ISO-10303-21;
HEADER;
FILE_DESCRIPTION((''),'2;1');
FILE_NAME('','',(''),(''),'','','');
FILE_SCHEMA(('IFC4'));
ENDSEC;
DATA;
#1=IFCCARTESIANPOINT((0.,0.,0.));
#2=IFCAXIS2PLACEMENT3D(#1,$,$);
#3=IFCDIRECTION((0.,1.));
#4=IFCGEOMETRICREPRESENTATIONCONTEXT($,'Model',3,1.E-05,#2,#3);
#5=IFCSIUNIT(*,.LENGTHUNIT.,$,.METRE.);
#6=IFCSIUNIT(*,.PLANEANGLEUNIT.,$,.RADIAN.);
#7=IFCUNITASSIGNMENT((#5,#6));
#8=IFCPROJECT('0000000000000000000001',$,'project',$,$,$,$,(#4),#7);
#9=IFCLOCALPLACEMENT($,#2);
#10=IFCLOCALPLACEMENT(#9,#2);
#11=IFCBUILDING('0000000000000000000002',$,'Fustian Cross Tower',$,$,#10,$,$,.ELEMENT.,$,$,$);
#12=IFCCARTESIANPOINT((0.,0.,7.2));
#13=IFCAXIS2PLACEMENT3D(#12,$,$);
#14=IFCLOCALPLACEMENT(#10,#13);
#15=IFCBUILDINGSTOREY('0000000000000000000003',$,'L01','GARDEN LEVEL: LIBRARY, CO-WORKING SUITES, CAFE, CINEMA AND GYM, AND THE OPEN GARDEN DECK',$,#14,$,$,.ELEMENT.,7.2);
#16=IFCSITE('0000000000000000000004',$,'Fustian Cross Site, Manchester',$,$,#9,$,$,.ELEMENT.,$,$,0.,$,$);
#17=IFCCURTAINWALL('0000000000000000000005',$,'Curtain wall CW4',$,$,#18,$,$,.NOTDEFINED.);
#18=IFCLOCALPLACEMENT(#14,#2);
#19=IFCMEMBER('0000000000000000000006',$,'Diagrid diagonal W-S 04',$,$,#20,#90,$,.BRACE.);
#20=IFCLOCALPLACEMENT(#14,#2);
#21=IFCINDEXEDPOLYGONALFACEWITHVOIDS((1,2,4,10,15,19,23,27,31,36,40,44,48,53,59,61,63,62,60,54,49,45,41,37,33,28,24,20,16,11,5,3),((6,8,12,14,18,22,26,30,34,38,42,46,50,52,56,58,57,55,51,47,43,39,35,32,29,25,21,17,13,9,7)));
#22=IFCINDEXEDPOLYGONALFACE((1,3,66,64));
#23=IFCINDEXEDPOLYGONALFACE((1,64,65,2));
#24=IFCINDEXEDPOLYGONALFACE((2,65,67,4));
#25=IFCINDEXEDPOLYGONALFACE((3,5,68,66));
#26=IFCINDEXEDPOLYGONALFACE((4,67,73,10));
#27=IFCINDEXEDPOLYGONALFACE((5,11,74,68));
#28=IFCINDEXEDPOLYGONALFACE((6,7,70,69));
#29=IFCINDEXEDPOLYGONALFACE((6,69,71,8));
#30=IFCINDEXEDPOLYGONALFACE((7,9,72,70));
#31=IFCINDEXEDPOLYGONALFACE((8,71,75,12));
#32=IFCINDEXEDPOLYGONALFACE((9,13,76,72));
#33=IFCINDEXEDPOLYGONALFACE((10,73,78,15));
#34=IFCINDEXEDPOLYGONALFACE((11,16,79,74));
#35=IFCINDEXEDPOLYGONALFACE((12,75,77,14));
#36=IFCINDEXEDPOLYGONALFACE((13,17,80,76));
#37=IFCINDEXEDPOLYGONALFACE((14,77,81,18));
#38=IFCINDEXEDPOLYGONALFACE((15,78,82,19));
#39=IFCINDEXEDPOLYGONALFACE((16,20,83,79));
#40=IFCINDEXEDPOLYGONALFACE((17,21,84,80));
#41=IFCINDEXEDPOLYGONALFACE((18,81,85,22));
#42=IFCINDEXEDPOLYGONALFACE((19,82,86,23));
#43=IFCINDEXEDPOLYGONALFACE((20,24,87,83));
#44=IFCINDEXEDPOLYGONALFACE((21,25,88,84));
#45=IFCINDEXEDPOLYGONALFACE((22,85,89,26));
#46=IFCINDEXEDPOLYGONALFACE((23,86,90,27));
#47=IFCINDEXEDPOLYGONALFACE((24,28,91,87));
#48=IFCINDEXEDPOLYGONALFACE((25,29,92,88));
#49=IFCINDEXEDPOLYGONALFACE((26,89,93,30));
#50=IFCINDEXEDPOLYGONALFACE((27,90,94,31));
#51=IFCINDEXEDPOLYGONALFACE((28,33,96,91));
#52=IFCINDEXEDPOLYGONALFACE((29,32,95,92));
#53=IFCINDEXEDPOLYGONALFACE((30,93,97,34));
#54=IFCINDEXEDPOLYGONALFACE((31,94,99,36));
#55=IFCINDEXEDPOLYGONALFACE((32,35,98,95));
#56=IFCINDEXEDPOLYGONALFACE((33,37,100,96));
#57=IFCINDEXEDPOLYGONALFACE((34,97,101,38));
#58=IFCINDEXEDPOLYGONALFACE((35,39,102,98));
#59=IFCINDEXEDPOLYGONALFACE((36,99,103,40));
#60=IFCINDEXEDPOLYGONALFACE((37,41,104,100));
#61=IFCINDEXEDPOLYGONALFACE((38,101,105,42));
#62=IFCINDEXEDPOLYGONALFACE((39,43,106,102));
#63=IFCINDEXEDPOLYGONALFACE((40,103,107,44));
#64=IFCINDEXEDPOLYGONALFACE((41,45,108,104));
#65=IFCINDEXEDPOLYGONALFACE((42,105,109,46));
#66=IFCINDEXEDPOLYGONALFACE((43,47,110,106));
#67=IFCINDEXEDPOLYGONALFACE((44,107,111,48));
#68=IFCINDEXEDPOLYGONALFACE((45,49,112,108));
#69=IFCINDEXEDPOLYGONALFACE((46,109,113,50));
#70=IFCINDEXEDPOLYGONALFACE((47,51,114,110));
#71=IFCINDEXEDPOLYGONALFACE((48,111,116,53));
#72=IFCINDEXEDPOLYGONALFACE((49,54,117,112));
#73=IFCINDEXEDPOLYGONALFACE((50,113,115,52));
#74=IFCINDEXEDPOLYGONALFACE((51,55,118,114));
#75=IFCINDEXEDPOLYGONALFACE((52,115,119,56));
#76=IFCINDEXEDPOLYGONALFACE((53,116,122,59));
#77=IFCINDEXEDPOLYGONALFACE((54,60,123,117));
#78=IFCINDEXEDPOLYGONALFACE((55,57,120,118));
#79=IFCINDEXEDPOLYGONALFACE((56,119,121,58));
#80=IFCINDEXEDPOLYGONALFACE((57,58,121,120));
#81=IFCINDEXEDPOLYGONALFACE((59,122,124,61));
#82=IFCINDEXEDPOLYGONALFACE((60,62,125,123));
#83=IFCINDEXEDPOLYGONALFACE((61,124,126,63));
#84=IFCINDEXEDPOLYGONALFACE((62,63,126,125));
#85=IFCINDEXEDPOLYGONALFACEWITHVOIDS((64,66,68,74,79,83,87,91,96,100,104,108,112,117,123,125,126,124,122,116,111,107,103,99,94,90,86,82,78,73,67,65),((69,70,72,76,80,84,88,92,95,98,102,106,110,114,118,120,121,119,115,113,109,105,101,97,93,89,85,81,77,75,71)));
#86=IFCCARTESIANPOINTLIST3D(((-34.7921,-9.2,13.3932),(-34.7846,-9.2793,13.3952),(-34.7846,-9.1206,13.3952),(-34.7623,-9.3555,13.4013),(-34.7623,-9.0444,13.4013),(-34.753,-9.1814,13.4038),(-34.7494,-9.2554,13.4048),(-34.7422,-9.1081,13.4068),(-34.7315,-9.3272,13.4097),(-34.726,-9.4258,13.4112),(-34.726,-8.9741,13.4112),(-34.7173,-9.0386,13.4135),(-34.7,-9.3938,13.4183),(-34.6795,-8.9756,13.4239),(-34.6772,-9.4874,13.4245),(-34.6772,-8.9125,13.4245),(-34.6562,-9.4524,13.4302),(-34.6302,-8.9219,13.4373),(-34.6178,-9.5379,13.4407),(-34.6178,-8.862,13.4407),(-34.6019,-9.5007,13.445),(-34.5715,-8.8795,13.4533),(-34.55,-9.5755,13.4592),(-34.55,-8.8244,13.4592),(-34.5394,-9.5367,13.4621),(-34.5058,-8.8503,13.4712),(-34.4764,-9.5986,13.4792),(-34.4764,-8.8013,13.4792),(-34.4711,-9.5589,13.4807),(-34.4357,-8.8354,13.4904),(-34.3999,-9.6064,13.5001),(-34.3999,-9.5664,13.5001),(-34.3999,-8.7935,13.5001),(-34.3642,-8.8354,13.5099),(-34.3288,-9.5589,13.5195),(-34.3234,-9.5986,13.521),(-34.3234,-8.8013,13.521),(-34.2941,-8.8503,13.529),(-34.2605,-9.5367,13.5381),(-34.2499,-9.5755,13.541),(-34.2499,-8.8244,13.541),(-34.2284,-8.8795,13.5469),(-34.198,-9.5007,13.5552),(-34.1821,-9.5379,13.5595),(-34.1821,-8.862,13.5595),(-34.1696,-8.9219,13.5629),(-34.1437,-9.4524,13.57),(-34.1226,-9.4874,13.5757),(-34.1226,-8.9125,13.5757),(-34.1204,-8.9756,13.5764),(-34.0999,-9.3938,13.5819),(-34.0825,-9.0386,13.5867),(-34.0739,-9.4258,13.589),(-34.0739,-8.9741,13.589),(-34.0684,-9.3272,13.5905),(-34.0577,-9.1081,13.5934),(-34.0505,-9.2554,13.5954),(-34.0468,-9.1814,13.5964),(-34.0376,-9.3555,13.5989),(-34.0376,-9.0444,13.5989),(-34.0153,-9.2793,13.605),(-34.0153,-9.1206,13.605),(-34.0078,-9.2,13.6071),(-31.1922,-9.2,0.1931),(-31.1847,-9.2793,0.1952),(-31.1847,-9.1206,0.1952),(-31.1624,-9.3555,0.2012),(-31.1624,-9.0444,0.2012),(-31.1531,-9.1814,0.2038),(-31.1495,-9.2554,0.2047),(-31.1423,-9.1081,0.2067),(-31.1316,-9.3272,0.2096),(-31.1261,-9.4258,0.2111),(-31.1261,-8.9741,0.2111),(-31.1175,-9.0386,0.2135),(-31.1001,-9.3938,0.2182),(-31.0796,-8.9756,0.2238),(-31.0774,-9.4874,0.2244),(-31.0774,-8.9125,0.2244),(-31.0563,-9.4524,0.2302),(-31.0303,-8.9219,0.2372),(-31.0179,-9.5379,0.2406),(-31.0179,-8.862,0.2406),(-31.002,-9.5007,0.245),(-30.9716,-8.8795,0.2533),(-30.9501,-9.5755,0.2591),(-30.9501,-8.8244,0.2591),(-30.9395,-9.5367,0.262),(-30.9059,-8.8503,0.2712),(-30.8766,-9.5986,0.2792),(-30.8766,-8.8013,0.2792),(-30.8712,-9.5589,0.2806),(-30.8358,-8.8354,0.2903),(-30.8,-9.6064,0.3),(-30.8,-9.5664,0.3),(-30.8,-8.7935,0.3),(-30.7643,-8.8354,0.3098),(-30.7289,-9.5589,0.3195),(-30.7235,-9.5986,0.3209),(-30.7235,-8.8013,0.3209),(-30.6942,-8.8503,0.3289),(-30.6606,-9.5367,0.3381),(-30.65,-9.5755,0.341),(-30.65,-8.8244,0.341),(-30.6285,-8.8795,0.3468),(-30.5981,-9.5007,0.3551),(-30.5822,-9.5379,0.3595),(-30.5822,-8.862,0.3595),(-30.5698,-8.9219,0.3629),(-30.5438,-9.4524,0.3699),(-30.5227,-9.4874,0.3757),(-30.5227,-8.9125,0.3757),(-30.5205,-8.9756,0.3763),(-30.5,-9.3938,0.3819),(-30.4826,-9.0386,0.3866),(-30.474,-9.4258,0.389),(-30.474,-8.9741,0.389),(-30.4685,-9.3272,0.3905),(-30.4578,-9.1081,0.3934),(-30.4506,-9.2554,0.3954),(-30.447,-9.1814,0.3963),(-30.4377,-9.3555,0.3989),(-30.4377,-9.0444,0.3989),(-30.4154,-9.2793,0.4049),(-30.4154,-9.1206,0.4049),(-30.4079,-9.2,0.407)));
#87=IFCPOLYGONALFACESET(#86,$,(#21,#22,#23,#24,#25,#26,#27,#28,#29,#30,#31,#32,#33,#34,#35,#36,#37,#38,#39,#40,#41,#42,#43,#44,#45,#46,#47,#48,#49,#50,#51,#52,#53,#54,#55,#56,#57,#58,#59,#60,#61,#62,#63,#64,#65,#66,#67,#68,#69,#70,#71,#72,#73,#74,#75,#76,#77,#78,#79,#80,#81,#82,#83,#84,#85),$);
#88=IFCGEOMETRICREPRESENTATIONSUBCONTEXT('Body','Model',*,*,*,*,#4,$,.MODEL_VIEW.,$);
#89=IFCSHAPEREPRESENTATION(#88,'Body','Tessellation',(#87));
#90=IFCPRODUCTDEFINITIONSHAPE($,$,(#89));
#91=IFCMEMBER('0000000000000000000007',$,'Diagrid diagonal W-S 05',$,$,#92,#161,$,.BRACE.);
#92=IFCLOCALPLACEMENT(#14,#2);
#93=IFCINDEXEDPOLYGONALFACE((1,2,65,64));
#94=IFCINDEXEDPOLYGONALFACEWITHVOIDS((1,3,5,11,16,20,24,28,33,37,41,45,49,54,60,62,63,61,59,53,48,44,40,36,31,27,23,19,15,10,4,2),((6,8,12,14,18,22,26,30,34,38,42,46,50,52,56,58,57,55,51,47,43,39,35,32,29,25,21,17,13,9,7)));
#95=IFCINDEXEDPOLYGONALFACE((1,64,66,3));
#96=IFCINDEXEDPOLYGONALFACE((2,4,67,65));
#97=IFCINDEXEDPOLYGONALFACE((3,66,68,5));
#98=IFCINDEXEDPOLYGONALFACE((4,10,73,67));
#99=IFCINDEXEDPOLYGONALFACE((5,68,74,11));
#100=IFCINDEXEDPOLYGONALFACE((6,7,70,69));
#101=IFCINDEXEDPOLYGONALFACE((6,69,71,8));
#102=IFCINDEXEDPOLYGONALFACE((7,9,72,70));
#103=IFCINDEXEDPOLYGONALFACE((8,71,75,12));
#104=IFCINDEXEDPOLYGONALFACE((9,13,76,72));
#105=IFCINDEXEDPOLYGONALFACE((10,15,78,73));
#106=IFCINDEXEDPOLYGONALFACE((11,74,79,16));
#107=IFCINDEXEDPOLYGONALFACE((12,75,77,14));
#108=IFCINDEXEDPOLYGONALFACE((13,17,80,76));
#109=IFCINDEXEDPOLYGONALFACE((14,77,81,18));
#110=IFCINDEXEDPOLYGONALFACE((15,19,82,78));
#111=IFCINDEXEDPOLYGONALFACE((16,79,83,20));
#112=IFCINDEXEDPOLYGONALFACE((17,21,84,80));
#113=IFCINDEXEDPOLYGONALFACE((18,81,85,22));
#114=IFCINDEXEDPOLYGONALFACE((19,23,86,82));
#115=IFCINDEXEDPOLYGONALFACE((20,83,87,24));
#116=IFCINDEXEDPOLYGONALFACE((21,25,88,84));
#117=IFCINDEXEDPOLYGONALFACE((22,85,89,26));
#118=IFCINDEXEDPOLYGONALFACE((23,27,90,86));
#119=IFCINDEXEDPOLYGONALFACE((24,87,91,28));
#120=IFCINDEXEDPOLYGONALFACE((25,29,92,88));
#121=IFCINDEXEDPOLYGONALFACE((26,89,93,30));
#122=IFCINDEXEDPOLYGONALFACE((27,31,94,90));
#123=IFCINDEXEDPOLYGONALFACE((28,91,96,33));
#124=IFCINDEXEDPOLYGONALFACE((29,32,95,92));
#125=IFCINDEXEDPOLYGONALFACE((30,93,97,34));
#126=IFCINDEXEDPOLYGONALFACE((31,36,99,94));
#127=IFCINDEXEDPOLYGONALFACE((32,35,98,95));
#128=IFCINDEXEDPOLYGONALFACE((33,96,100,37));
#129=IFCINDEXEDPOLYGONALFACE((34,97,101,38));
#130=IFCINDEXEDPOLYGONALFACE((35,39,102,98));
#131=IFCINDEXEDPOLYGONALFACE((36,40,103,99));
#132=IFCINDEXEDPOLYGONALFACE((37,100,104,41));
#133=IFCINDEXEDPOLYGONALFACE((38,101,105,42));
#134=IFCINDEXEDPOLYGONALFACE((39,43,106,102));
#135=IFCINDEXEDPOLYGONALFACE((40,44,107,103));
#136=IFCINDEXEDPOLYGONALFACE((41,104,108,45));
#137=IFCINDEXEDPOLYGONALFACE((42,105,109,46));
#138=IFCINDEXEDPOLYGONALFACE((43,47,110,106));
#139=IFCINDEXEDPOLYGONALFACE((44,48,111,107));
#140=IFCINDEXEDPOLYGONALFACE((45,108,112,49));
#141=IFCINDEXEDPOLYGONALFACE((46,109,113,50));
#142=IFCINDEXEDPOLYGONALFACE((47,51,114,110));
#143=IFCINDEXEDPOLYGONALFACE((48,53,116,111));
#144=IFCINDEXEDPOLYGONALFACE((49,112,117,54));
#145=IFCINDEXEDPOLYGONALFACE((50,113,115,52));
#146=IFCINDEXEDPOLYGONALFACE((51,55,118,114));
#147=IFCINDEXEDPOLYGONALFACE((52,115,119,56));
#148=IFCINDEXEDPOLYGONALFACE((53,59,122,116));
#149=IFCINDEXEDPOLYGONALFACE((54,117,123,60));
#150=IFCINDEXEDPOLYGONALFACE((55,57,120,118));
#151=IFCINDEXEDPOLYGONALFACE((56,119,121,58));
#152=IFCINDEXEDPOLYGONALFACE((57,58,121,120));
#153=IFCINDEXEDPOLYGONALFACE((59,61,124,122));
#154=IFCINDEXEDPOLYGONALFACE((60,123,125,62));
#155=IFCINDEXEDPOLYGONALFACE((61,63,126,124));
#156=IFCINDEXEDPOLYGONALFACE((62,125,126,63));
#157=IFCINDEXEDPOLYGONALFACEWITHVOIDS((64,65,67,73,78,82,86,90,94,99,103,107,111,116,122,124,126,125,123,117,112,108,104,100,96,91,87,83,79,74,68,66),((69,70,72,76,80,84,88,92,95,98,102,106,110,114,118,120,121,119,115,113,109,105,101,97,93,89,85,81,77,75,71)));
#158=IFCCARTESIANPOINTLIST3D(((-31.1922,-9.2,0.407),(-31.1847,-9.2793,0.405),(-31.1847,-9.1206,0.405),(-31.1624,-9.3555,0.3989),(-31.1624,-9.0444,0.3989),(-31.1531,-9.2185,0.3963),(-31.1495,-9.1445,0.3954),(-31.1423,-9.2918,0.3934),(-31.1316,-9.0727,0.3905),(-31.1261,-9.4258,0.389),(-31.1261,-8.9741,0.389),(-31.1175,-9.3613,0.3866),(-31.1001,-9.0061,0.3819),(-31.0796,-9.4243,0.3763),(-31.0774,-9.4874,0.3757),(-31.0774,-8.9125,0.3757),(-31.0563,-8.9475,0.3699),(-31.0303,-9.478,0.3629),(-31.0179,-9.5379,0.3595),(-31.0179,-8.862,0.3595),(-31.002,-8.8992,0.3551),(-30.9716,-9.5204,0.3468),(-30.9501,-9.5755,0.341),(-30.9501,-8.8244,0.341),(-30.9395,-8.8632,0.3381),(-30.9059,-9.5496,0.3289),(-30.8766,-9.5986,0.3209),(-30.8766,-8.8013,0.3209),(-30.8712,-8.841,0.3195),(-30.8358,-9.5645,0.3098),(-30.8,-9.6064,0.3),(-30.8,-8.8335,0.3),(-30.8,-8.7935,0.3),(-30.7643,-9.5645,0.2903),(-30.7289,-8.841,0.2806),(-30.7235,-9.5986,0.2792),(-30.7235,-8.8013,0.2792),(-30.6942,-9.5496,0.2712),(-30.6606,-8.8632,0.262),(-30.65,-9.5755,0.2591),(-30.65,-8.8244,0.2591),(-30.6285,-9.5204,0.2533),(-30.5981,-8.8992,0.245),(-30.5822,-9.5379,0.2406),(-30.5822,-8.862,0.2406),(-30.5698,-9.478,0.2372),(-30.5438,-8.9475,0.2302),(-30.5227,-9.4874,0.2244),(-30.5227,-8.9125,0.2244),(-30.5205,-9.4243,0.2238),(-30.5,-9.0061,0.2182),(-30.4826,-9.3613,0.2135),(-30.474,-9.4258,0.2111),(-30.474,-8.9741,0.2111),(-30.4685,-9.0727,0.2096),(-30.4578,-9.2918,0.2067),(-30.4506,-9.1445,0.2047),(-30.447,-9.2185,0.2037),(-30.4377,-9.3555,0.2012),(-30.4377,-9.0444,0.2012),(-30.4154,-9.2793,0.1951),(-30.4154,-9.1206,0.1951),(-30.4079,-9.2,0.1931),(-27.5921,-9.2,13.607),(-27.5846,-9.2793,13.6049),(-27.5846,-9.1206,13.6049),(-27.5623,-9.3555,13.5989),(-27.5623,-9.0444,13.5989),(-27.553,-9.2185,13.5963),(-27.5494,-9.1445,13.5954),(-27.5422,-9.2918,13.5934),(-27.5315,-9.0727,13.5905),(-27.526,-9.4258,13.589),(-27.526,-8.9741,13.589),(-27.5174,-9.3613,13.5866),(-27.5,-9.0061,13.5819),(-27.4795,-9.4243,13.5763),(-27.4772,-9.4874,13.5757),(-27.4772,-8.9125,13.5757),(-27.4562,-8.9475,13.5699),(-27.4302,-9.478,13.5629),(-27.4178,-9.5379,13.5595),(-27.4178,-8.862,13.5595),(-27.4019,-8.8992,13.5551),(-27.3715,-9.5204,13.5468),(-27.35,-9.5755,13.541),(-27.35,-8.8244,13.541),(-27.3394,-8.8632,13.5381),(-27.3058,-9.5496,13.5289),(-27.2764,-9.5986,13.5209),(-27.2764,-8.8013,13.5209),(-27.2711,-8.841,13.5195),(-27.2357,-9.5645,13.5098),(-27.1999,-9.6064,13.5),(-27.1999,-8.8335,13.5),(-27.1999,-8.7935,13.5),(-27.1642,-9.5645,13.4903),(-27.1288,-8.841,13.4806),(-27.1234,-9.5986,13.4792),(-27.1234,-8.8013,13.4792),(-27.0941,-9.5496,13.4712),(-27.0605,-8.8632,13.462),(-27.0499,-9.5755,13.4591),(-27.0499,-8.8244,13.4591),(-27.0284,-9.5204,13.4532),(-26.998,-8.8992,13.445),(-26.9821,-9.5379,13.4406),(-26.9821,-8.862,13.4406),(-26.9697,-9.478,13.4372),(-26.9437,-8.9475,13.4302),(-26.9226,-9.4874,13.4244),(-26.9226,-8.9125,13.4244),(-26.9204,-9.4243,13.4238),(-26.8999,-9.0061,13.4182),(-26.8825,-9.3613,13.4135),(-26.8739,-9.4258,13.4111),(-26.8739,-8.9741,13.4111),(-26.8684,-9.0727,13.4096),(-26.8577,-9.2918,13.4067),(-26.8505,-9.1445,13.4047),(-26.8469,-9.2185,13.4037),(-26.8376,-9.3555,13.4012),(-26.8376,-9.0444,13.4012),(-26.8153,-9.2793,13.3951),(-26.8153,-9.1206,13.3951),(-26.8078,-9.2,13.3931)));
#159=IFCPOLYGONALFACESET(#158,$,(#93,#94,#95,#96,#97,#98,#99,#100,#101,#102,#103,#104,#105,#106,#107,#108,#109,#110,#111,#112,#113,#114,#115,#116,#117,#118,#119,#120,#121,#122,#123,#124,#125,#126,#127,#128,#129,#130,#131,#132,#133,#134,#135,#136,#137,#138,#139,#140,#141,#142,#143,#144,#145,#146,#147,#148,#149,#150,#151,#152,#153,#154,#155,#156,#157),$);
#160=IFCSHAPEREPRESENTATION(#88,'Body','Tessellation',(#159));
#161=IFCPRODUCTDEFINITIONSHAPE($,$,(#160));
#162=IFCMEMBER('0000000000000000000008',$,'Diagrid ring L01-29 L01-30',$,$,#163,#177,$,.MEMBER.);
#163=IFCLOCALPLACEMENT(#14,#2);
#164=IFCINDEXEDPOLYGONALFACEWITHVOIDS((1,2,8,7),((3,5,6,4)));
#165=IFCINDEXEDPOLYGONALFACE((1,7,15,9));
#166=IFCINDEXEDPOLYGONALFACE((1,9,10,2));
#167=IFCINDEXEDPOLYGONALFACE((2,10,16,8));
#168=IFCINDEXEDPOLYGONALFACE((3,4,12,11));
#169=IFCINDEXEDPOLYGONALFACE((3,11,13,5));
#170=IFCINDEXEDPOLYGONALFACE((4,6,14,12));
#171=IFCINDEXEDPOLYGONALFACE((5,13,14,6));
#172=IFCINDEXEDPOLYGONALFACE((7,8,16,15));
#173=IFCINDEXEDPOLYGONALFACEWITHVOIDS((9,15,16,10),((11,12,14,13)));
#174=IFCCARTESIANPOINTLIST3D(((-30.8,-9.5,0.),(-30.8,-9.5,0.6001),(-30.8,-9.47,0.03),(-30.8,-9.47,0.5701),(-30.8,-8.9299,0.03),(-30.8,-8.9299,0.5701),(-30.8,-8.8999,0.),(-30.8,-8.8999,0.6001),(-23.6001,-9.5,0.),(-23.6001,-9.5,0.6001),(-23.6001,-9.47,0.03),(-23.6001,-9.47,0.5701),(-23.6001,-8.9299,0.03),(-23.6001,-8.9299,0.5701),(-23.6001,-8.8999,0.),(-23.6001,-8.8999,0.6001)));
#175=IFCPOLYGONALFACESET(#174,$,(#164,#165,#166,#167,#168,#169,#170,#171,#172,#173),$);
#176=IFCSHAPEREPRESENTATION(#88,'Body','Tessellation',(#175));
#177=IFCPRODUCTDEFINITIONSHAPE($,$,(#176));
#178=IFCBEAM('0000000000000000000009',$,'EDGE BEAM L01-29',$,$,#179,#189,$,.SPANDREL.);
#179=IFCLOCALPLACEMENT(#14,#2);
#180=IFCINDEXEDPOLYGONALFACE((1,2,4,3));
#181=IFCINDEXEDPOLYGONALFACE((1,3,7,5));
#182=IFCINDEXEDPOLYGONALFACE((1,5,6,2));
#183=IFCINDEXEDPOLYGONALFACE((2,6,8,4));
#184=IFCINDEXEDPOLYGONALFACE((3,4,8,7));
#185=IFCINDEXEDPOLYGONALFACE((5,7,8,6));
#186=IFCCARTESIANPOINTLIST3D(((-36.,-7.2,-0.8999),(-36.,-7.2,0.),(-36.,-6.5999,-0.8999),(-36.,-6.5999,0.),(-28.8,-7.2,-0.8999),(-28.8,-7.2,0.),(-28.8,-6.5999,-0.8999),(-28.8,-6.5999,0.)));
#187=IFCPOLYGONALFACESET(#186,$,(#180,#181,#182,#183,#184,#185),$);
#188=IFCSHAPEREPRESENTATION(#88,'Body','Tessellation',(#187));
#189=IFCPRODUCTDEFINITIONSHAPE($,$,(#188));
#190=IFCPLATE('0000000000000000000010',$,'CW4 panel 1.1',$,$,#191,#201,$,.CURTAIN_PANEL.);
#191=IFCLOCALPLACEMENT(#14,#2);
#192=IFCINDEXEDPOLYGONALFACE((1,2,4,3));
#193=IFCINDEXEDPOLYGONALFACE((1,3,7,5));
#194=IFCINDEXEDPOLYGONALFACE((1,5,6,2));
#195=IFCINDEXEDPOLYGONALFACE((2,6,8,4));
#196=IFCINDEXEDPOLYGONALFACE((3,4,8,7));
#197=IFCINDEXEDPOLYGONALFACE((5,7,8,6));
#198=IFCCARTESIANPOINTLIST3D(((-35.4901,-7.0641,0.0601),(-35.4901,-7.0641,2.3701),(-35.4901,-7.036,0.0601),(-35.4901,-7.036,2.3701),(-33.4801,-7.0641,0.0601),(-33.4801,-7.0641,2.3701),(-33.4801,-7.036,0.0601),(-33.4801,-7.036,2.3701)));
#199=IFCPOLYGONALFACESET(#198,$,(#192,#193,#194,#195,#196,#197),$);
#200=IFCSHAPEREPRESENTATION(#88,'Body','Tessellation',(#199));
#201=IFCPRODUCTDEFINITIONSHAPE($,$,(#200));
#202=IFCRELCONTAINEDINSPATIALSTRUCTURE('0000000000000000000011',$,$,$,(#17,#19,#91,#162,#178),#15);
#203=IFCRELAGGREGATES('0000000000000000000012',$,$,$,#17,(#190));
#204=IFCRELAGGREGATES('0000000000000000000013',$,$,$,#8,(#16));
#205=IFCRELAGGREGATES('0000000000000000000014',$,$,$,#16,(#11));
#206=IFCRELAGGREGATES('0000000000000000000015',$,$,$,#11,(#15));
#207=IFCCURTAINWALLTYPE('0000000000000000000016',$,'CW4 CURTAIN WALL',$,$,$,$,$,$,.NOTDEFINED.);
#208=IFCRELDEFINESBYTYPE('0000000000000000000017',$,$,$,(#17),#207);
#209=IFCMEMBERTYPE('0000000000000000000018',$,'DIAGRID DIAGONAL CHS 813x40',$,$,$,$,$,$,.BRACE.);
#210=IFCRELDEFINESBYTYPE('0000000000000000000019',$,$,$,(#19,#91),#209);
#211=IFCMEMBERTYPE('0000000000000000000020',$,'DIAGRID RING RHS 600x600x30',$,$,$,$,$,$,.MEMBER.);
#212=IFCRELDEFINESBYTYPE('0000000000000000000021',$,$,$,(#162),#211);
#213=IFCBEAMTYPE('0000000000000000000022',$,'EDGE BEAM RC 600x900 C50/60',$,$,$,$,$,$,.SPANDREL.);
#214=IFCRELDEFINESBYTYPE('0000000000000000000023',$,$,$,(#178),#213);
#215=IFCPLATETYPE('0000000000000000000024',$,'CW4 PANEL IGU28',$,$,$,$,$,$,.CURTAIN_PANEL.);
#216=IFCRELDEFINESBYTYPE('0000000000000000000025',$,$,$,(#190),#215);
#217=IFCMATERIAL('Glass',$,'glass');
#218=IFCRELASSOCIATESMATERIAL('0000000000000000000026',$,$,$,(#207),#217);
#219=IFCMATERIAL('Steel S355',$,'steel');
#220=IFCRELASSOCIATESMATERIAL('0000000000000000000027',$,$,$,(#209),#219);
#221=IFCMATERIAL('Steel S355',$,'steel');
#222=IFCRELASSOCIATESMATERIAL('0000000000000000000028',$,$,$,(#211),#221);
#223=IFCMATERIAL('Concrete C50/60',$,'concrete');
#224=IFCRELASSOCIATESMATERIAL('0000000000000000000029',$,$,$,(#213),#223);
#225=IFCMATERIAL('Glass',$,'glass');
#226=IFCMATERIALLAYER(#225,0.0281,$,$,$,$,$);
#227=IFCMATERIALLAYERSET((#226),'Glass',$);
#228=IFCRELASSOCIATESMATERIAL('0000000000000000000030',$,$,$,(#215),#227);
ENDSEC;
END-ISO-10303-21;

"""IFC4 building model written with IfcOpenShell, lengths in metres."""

from ifc_helpers import new_model, si_unit, direction, frame, origin, origin_2d, place, context, subcontext, project, spatial, rectangle, hollow_rectangle, hollow_circle, extrude, material, layer, layer_set, material_profile, profile_set, type_object, element, aggregate, save


model = new_model("IFC4")

# Units and contexts
model_context = context("Model", 3, precision=1e-05, world=origin(), true_north=direction((0.0, 1.0)))
body_context = subcontext(model_context, "Body", "Model", "MODEL_VIEW")
ifc_project = project(units=[si_unit("LENGTHUNIT", "METRE"), si_unit("PLANEANGLEUNIT", "RADIAN")], contexts=[model_context])

# Site, building, storey
site_placement = place(None, origin())
site = spatial("IfcSite", under=ifc_project, at=site_placement, Name="Fustian Cross Site, Manchester", CompositionType="ELEMENT", RefElevation=0.0)
building_placement = place(site_placement, origin())
building = spatial("IfcBuilding", under=site, at=building_placement, Name="Fustian Cross Tower", CompositionType="ELEMENT")
storey_placement = place(building_placement, frame((0.0, 0.0, 7.2)))
storey = spatial("IfcBuildingStorey", under=building, at=storey_placement, Name="L01", Description="GARDEN LEVEL: LIBRARY, CO-WORKING SUITES, CAFE, CINEMA AND GYM, AND THE OPEN GARDEN DECK", CompositionType="ELEMENT", Elevation=7.2)

# Curtain wall
ifc_material_1 = material(Name="Glass", Category="glass")
curtain_wall_type = type_object("IfcCurtainWallType", Name="CW4 CURTAIN WALL", PredefinedType="NOTDEFINED", material=ifc_material_1)
curtain_wall_placement = place(storey_placement, origin())
curtain_wall = element("IfcCurtainWall", 1, at=curtain_wall_placement, inside=storey, type_object=curtain_wall_type, Name="Curtain wall CW4", PredefinedType="NOTDEFINED")

# Members
ifc_material_2 = material(Name="Steel S355", Category="steel")
ifc_material_profile_1 = material_profile(ifc_material_2, hollow_circle(Radius=0.4065, WallThickness=0.04, at=origin_2d()), Name="CHS 813x40")
ifc_profile_set_1 = profile_set([ifc_material_profile_1], Name="Steel S355")
member_type_1 = type_object("IfcMemberType", Name="DIAGRID DIAGONAL CHS 813x40", PredefinedType="BRACE", material=ifc_profile_set_1)
for number, where, z_axis, x_axis, name in (
    (2, (-30.8, -9.2, 0.3), (-0.263108, 0.0, 0.964766), (0.0, -1.0, 0.0), "Diagrid diagonal W-S 04"),
    (3, (-30.8, -9.2, 0.3), (0.263125, 0.0, 0.964762), (0.0, 1.0, 0.0), "Diagrid diagonal W-S 05"),
):
    element("IfcMember", number, at=place(storey_placement, frame(where, z_axis=z_axis, x_axis=x_axis)), inside=storey, type_object=member_type_1, Name=name, PredefinedType="BRACE", context=body_context, shape_type="SweptSolid", body=[
        extrude(hollow_circle(Radius=0.4065, WallThickness=0.04, at=origin_2d()), origin(), (0.0, 0.0, 1.0), 13.6821),
    ])
ifc_material_3 = material(Name="Steel S355", Category="steel")
ifc_material_profile_2 = material_profile(ifc_material_3, hollow_rectangle(XDim=0.6001, YDim=0.6001, WallThickness=0.03, at=origin_2d()), Name="RHS 600x600x30")
ifc_profile_set_2 = profile_set([ifc_material_profile_2], Name="Steel S355")
member_type_2 = type_object("IfcMemberType", Name="DIAGRID RING RHS 600x600x30", PredefinedType="MEMBER", material=ifc_profile_set_2)
member_1_placement = place(storey_placement, frame((-30.8, -9.2, 0.3), z_axis=(1.0, 0.0, 0.0), x_axis=(0.0, 1.0, 0.0)))
element("IfcMember", 4, at=member_1_placement, inside=storey, type_object=member_type_2, Name="Diagrid ring L01-29 L01-30", PredefinedType="MEMBER", context=body_context, shape_type="SweptSolid", body=[
    extrude(hollow_rectangle(XDim=0.6001, YDim=0.6001, WallThickness=0.03, at=origin_2d()), origin(), (0.0, 0.0, 1.0), 7.2),
])

# Beam
ifc_material_4 = material(Name="Concrete C50/60", Category="concrete")
ifc_material_profile_3 = material_profile(ifc_material_4, rectangle(XDim=0.6001, YDim=0.8999, at=origin_2d()), Name="RC 600x900")
ifc_profile_set_3 = profile_set([ifc_material_profile_3], Name="Concrete C50/60")
beam_type = type_object("IfcBeamType", Name="EDGE BEAM RC 600x900 C50/60", PredefinedType="SPANDREL", material=ifc_profile_set_3)
beam_placement = place(storey_placement, frame((-36.0, -6.8999, -0.45), z_axis=(1.0, 0.0, 0.0), x_axis=(0.0, 1.0, 0.0)))
element("IfcBeam", 5, at=beam_placement, inside=storey, type_object=beam_type, Name="EDGE BEAM L01-29", PredefinedType="SPANDREL", context=body_context, shape_type="SweptSolid", body=[
    extrude(rectangle(XDim=0.6001, YDim=0.8999, at=origin_2d()), origin(), (0.0, 0.0, 1.0), 7.2),
])

# Plate
ifc_material_5 = material(Name="Glass", Category="glass")
ifc_layer_1 = layer(ifc_material_5, 0.0281)
ifc_layer_set_1 = layer_set([ifc_layer_1], Name="Glass")
plate_type = type_object("IfcPlateType", Name="CW4 PANEL IGU28", PredefinedType="CURTAIN_PANEL", material=ifc_layer_set_1)
plate_1_placement = place(storey_placement, frame((-34.4851, -7.05, 0.0601), z_axis=(0.0, 0.0, 1.0), x_axis=(1.0, 0.0, 0.0)))
plate_1 = element("IfcPlate", 6, at=plate_1_placement, type_object=plate_type, Name="CW4 panel 1.1", PredefinedType="CURTAIN_PANEL", context=body_context, shape_type="SweptSolid", body=[
    extrude(rectangle(XDim=2.01, YDim=0.0281, at=origin_2d()), origin(), (0.0, 0.0, 1.0), 2.3101),
])
aggregate(curtain_wall, [plate_1])

save(model, "model.ifc")
